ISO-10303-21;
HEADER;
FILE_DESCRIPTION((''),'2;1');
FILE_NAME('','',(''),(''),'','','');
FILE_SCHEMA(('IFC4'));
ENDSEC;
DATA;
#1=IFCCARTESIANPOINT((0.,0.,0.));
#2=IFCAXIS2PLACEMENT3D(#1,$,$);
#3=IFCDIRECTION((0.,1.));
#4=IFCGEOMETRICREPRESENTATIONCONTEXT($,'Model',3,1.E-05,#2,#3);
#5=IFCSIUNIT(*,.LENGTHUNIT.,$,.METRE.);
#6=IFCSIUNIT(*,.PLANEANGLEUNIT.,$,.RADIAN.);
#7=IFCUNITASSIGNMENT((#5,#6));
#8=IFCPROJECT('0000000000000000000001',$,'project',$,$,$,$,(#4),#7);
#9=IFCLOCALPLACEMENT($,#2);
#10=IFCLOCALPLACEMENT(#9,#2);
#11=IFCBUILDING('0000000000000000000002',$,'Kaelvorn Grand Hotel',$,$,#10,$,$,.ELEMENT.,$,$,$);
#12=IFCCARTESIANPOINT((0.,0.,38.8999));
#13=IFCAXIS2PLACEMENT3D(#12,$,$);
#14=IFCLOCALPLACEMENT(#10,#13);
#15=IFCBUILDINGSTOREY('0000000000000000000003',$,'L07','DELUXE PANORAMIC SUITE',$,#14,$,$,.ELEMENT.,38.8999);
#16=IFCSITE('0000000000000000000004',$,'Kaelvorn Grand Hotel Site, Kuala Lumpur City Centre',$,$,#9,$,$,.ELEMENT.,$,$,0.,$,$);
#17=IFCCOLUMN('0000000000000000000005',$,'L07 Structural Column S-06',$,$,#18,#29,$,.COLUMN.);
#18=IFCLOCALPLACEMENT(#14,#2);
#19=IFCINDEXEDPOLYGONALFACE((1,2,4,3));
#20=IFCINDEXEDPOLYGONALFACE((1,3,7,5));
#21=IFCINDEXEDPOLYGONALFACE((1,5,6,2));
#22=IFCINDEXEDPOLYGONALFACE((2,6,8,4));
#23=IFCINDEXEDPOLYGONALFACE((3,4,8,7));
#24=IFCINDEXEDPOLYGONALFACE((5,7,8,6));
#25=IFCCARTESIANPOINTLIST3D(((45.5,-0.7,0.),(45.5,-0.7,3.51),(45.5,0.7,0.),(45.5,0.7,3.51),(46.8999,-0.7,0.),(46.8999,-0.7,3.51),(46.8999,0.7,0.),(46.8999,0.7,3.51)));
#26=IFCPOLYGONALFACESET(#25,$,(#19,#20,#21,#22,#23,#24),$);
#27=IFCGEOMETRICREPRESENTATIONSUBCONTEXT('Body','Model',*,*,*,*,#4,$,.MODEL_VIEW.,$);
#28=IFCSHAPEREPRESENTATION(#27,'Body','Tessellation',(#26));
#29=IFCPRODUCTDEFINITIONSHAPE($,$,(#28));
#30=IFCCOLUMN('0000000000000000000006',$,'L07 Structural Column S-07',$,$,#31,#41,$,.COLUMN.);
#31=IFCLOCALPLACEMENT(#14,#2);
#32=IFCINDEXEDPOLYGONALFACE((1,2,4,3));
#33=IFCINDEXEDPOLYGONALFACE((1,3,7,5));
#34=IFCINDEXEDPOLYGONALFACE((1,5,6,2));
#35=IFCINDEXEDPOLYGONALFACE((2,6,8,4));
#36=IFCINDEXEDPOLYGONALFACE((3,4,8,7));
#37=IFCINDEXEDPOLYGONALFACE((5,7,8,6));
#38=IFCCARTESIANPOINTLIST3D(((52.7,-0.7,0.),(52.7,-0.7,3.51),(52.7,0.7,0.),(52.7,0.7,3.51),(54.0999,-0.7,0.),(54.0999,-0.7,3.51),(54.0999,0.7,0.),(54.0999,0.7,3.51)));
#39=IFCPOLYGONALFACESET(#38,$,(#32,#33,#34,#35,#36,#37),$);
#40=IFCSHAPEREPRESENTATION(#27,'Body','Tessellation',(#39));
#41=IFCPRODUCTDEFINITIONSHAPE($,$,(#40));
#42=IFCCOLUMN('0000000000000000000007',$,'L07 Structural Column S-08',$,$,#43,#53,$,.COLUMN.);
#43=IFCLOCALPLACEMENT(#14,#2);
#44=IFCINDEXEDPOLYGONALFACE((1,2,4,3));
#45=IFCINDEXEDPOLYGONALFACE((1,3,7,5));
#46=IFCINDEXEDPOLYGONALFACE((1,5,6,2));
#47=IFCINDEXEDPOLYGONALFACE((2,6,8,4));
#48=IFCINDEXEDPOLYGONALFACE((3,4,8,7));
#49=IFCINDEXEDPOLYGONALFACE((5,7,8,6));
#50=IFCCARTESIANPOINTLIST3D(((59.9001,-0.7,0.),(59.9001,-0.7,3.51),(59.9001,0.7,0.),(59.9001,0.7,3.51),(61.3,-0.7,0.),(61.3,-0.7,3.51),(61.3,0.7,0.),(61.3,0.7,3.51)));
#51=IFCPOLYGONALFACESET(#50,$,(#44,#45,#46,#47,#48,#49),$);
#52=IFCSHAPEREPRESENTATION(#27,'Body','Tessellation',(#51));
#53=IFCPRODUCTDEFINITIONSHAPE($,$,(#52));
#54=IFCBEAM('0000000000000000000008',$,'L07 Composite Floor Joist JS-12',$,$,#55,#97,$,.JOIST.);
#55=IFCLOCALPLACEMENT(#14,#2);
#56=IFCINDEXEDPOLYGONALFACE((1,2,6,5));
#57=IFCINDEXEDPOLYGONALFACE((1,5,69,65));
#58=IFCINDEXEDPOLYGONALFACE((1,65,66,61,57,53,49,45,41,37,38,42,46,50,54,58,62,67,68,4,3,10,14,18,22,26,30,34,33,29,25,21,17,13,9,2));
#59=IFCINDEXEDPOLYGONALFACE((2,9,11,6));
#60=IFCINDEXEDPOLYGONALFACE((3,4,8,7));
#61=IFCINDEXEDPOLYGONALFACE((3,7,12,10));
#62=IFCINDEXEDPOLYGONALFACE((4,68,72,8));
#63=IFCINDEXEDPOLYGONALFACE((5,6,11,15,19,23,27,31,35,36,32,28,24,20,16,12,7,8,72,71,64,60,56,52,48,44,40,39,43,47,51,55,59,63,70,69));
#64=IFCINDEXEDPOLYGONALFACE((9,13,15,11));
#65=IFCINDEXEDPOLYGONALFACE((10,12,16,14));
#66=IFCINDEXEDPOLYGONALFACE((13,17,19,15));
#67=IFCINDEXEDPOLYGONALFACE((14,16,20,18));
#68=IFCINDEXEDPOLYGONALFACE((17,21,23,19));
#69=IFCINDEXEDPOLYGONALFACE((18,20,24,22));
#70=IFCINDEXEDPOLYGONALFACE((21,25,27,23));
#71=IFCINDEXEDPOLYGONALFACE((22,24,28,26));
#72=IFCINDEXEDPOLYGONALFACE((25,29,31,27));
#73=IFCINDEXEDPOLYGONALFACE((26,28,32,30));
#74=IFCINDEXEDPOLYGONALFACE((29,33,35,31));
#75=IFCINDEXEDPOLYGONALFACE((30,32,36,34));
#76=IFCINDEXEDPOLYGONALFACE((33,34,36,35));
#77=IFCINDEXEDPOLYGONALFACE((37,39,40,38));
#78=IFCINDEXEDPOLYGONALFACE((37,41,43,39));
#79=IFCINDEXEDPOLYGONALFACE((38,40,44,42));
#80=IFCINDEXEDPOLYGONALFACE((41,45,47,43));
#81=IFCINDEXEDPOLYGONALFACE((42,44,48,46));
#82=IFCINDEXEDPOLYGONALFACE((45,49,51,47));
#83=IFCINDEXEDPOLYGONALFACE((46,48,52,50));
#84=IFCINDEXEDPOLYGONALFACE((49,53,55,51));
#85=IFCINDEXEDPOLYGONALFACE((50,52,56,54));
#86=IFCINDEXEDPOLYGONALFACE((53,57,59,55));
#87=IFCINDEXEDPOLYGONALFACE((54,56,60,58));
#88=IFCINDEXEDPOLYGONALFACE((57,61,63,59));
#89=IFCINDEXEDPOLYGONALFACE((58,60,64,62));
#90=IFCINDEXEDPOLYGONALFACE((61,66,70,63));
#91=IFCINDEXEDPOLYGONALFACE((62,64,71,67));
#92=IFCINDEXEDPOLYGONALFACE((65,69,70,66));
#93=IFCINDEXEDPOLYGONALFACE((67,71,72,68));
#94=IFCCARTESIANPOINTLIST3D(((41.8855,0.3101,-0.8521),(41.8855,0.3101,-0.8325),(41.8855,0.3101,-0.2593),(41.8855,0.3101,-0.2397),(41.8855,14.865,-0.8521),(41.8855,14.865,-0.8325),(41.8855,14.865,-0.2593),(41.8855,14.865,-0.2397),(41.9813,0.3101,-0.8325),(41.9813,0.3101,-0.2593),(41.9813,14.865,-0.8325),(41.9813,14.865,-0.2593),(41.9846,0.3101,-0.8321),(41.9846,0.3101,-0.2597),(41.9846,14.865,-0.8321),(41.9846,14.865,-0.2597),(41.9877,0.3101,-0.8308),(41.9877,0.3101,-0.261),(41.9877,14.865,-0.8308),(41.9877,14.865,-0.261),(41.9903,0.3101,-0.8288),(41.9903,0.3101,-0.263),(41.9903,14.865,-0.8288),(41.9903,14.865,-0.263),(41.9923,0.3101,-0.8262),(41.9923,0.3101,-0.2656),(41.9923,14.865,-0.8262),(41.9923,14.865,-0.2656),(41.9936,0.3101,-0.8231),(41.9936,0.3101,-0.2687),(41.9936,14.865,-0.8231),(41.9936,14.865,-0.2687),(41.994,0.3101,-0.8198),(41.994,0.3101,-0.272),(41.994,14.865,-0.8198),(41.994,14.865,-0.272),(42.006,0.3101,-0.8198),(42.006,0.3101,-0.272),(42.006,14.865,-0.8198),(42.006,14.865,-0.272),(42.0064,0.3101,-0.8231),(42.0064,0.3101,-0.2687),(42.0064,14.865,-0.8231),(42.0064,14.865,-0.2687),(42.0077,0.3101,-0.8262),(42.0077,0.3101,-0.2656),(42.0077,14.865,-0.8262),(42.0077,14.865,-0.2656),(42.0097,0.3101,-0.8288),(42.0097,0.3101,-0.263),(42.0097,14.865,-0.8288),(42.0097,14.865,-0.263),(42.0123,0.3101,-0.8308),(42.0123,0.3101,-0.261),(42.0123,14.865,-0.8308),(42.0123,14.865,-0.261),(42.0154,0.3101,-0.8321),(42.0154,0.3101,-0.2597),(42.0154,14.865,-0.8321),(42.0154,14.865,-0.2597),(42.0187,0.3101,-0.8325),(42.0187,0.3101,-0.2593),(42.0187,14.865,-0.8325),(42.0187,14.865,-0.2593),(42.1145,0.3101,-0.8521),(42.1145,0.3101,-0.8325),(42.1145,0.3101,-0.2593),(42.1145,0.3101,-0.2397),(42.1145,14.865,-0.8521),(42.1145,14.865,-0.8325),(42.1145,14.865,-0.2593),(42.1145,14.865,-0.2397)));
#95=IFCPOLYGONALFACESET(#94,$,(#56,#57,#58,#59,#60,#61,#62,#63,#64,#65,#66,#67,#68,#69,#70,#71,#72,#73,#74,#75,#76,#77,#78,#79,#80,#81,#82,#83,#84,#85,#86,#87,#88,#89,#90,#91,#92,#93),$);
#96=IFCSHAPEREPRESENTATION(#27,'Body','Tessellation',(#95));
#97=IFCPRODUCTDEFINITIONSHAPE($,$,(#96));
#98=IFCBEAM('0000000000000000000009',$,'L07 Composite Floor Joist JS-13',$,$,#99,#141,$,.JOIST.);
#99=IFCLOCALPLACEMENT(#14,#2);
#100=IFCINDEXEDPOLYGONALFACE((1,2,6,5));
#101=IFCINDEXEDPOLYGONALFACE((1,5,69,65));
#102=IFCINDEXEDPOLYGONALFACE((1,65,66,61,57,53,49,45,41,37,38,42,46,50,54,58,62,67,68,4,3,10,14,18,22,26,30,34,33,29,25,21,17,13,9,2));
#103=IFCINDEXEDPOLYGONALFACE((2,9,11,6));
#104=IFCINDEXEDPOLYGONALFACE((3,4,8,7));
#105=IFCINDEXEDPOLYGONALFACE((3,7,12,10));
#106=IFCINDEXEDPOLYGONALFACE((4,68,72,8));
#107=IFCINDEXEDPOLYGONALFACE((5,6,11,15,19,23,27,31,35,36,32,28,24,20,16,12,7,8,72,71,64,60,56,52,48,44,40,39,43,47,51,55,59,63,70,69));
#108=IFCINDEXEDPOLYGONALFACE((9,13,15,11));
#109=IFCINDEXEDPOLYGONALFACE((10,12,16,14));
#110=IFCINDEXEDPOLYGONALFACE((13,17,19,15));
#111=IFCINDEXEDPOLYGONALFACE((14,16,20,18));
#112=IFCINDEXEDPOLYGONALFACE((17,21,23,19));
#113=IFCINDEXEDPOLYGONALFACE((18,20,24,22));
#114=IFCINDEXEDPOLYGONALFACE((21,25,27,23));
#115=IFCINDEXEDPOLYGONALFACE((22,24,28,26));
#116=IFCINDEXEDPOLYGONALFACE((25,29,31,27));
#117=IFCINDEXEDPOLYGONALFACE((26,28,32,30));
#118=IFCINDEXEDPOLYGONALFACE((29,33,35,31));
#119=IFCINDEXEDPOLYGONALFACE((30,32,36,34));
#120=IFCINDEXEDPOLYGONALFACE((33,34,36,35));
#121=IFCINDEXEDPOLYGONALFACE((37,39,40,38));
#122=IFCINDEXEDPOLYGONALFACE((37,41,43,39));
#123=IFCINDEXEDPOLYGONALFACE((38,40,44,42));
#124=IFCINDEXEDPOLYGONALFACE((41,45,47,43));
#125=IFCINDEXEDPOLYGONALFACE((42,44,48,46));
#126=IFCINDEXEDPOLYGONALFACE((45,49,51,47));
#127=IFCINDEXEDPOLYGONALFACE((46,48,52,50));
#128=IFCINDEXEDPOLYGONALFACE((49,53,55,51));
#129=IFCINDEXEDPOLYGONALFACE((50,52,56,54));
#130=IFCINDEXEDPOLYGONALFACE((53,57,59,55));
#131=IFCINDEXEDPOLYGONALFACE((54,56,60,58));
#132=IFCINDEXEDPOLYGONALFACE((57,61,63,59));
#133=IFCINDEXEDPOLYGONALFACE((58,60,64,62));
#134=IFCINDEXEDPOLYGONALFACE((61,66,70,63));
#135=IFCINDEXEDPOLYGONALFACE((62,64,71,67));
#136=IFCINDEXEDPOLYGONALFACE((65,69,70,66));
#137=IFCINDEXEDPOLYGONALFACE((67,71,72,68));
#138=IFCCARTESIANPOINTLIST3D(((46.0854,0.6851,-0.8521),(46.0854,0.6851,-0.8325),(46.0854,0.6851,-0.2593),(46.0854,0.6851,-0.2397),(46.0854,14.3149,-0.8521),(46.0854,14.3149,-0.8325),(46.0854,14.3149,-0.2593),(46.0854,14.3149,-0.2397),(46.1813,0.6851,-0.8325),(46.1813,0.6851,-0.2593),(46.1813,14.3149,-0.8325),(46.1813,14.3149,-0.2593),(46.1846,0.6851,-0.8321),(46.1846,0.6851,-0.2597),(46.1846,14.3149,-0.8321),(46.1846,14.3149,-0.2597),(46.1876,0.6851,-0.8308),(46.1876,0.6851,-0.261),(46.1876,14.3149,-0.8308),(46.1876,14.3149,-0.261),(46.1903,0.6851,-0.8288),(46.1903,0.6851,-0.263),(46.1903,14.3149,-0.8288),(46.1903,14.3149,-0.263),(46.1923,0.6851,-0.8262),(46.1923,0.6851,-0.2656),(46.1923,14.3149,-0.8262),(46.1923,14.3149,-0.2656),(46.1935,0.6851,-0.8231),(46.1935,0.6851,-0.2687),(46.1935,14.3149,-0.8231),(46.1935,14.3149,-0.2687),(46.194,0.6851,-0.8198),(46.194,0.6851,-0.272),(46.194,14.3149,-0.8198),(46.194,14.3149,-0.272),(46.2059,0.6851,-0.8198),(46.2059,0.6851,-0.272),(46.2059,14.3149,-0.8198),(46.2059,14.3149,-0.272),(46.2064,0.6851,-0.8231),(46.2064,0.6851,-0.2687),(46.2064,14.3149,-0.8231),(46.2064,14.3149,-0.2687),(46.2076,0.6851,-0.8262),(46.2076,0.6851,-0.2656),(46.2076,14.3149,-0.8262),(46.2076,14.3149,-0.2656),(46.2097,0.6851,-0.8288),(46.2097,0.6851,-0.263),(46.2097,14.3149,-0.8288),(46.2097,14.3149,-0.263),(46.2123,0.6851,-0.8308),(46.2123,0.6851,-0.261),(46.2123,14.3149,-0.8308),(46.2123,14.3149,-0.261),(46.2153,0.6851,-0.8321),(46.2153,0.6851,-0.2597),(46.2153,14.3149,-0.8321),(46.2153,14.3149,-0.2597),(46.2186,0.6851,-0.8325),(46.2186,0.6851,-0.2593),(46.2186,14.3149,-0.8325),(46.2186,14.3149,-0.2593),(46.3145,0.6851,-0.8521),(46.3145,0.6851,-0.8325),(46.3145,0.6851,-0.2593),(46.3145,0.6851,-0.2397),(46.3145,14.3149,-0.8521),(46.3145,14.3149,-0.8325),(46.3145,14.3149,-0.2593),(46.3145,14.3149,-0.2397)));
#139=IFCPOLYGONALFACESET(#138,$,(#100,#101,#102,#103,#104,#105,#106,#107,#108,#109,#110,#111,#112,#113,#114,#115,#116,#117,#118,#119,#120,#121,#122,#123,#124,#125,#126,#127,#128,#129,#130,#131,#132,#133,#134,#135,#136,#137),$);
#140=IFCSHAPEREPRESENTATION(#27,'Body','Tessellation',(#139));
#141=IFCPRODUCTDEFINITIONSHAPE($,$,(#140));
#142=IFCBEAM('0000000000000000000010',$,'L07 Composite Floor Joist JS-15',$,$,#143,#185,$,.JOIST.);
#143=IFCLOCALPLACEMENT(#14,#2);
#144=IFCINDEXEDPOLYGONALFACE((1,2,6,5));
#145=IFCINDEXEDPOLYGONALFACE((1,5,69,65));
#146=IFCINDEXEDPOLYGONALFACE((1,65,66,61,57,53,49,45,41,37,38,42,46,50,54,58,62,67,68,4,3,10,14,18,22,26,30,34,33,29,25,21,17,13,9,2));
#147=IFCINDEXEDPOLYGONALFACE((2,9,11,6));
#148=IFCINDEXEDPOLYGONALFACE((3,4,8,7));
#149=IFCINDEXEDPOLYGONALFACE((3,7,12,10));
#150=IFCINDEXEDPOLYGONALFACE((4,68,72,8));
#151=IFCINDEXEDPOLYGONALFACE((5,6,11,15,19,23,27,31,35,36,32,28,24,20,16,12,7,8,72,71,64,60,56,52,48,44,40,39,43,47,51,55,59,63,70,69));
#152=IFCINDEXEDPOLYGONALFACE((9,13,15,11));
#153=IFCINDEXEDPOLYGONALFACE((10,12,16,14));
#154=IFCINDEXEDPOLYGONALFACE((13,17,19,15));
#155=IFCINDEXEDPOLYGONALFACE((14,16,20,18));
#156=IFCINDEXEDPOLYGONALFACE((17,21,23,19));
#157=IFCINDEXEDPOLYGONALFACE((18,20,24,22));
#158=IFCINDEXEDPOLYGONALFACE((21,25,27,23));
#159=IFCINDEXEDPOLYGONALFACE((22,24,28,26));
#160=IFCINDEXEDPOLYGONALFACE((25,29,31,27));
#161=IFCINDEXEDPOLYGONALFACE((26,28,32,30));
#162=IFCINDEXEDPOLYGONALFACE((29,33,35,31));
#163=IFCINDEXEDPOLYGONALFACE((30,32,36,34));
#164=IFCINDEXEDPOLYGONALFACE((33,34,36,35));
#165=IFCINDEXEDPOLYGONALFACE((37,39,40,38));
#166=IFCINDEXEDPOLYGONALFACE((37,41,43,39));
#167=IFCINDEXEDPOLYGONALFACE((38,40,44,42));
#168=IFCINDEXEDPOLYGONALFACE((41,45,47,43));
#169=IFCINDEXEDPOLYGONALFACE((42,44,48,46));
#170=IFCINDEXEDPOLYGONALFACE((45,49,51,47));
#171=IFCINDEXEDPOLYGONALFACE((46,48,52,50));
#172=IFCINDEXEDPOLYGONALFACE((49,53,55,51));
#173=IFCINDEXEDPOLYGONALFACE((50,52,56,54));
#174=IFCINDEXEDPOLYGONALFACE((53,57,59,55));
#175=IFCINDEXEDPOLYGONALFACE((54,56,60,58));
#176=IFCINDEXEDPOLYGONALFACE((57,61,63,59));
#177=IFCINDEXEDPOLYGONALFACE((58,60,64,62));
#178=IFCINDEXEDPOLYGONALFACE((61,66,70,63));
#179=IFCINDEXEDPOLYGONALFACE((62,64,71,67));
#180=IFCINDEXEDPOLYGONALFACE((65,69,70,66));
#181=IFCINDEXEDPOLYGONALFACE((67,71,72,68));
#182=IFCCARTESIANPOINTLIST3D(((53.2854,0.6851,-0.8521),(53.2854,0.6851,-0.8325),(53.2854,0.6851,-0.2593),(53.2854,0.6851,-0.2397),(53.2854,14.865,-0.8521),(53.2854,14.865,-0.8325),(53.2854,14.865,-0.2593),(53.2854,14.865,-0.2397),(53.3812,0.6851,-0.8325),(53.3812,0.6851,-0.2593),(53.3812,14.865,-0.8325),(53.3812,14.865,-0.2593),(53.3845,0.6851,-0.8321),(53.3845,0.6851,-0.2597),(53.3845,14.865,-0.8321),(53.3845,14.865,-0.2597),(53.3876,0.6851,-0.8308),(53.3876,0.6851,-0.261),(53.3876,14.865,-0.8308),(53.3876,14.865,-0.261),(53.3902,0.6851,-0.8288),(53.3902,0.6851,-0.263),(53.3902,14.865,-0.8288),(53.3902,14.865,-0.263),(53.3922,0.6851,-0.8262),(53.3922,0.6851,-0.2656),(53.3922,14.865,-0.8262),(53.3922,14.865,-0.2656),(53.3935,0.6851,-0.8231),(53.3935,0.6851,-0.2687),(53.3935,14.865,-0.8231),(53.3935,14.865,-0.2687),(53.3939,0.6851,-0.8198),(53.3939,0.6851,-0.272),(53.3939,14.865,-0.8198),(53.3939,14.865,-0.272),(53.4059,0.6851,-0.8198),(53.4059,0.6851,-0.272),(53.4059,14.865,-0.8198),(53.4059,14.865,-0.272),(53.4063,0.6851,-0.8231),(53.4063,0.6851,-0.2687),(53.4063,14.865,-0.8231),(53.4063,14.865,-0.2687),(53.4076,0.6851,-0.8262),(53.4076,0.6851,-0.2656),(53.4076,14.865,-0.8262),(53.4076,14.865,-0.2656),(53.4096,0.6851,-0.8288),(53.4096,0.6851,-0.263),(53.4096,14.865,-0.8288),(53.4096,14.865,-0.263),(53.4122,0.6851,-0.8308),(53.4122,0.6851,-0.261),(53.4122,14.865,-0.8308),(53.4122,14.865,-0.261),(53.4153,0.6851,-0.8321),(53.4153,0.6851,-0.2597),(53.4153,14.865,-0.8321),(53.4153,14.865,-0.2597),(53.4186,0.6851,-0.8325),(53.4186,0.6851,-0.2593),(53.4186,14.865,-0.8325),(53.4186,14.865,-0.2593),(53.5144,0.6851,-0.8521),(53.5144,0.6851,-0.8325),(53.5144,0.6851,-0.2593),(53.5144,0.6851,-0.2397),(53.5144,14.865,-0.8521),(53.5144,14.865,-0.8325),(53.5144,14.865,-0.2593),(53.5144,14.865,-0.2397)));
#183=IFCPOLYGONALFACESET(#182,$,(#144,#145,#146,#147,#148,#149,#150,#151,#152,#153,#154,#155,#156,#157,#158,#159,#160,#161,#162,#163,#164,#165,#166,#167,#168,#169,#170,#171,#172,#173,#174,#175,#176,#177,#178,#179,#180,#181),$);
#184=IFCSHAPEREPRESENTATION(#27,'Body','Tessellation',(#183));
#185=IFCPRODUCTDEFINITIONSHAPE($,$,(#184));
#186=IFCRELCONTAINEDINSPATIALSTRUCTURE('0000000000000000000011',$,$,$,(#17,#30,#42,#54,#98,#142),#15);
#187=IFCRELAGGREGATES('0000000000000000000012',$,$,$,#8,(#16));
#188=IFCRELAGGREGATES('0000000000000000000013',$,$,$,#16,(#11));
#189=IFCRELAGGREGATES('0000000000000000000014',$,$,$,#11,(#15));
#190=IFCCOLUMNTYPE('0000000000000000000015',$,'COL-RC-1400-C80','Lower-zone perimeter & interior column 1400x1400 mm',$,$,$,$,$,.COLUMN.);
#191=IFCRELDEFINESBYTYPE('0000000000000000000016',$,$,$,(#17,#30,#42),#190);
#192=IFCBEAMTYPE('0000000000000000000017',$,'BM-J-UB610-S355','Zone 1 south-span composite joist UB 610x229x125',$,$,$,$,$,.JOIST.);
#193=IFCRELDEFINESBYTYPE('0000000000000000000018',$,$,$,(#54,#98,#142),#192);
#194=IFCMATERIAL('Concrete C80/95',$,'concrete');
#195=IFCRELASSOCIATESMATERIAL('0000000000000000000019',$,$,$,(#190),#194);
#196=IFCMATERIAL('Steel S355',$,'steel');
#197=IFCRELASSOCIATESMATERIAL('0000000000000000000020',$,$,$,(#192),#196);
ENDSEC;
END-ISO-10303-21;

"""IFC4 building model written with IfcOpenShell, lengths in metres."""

from ifc_helpers import new_model, si_unit, direction, frame, origin, origin_2d, place, context, subcontext, project, spatial, rectangle, i_section, extrude, material, material_profile, profile_set, type_object, element, save


model = new_model("IFC4")

# Units and contexts
model_context = context("Model", 3, precision=1e-05, world=origin(), true_north=direction((0.0, 1.0)))
body_context = subcontext(model_context, "Body", "Model", "MODEL_VIEW")
ifc_project = project(units=[si_unit("LENGTHUNIT", "METRE"), si_unit("PLANEANGLEUNIT", "RADIAN")], contexts=[model_context])

# Site, building, storey
site_placement = place(None, origin())
site = spatial("IfcSite", under=ifc_project, at=site_placement, Name="Kaelvorn Grand Hotel Site, Kuala Lumpur City Centre", CompositionType="ELEMENT", RefElevation=0.0)
building_placement = place(site_placement, origin())
building = spatial("IfcBuilding", under=site, at=building_placement, Name="Kaelvorn Grand Hotel", CompositionType="ELEMENT")
storey_placement = place(building_placement, frame((0.0, 0.0, 38.8999)))
storey = spatial("IfcBuildingStorey", under=building, at=storey_placement, Name="L07", Description="DELUXE PANORAMIC SUITE", CompositionType="ELEMENT", Elevation=38.8999)

# Columns
ifc_material_1 = material(Name="Concrete C80/95", Category="concrete")
ifc_material_profile_1 = material_profile(ifc_material_1, rectangle(XDim=1.3999, YDim=1.3999, at=origin_2d()), Name="RC COL 1400x1400")
ifc_profile_set_1 = profile_set([ifc_material_profile_1], Name="Concrete C80/95")
column_type = type_object("IfcColumnType", Name="COL-RC-1400-C80", Description="Lower-zone perimeter & interior column 1400x1400 mm", PredefinedType="COLUMN", material=ifc_profile_set_1)
for number, where, z_axis, x_axis, name in (
    (1, (46.2, 0.0, 0.0), (0.0, 0.0, 1.0), (1.0, 0.0, 0.0), "L07 Structural Column S-06"),
    (2, (53.3999, 0.0, 0.0), (0.0, 0.0, 1.0), (1.0, 0.0, 0.0), "L07 Structural Column S-07"),
    (3, (60.6001, 0.0, 0.0), (0.0, 0.0, 1.0), (1.0, 0.0, 0.0), "L07 Structural Column S-08"),
):
    element("IfcColumn", number, at=place(storey_placement, frame(where, z_axis=z_axis, x_axis=x_axis)), inside=storey, type_object=column_type, Name=name, PredefinedType="COLUMN", context=body_context, shape_type="SweptSolid", body=[
        extrude(rectangle(XDim=1.3999, YDim=1.3999, at=origin_2d()), origin(), (0.0, 0.0, 1.0), 3.51),
    ])

# Beams
ifc_material_2 = material(Name="Steel S355", Category="steel")
ifc_material_profile_2 = material_profile(ifc_material_2, i_section(OverallWidth=0.229, OverallDepth=0.6123, WebThickness=0.012, FlangeThickness=0.0195, FilletRadius=0.0127, at=origin_2d()), Name="UB 610x229x125")
ifc_profile_set_2 = profile_set([ifc_material_profile_2], Name="Steel S355")
beam_type_1 = type_object("IfcBeamType", Name="BM-J-UB610-S355", Description="Zone 1 south-span composite joist UB 610x229x125", PredefinedType="JOIST", material=ifc_profile_set_2)
beam_1_placement = place(storey_placement, frame((42.0, 0.3101, -0.5459), z_axis=(0.0, 1.0, 0.0), x_axis=(-1.0, 0.0, 0.0)))
element("IfcBeam", 4, at=beam_1_placement, inside=storey, type_object=beam_type_1, Name="L07 Composite Floor Joist JS-12", PredefinedType="JOIST", context=body_context, shape_type="SweptSolid", body=[
    extrude(i_section(OverallWidth=0.229, OverallDepth=0.6123, WebThickness=0.012, FlangeThickness=0.0195, FilletRadius=0.0127, at=origin_2d()), origin(), (0.0, 0.0, 1.0), 14.5549),
])
beam_2_placement = place(storey_placement, frame((46.2, 0.6851, -0.5459), z_axis=(0.0, 1.0, 0.0), x_axis=(-1.0, 0.0, 0.0)))
element("IfcBeam", 5, at=beam_2_placement, inside=storey, type_object=beam_type_1, Name="L07 Composite Floor Joist JS-13", PredefinedType="JOIST", context=body_context, shape_type="SweptSolid", body=[
    extrude(i_section(OverallWidth=0.229, OverallDepth=0.6123, WebThickness=0.012, FlangeThickness=0.0195, FilletRadius=0.0127, at=origin_2d()), origin(), (0.0, 0.0, 1.0), 13.6299),
])
beam_3_placement = place(storey_placement, frame((53.3999, 0.6851, -0.5459), z_axis=(0.0, 1.0, 0.0), x_axis=(-1.0, 0.0, 0.0)))
element("IfcBeam", 6, at=beam_3_placement, inside=storey, type_object=beam_type_1, Name="L07 Composite Floor Joist JS-15", PredefinedType="JOIST", context=body_context, shape_type="SweptSolid", body=[
    extrude(i_section(OverallWidth=0.229, OverallDepth=0.6123, WebThickness=0.012, FlangeThickness=0.0195, FilletRadius=0.0127, at=origin_2d()), origin(), (0.0, 0.0, 1.0), 14.1799),
])

save(model, "model.ifc")
